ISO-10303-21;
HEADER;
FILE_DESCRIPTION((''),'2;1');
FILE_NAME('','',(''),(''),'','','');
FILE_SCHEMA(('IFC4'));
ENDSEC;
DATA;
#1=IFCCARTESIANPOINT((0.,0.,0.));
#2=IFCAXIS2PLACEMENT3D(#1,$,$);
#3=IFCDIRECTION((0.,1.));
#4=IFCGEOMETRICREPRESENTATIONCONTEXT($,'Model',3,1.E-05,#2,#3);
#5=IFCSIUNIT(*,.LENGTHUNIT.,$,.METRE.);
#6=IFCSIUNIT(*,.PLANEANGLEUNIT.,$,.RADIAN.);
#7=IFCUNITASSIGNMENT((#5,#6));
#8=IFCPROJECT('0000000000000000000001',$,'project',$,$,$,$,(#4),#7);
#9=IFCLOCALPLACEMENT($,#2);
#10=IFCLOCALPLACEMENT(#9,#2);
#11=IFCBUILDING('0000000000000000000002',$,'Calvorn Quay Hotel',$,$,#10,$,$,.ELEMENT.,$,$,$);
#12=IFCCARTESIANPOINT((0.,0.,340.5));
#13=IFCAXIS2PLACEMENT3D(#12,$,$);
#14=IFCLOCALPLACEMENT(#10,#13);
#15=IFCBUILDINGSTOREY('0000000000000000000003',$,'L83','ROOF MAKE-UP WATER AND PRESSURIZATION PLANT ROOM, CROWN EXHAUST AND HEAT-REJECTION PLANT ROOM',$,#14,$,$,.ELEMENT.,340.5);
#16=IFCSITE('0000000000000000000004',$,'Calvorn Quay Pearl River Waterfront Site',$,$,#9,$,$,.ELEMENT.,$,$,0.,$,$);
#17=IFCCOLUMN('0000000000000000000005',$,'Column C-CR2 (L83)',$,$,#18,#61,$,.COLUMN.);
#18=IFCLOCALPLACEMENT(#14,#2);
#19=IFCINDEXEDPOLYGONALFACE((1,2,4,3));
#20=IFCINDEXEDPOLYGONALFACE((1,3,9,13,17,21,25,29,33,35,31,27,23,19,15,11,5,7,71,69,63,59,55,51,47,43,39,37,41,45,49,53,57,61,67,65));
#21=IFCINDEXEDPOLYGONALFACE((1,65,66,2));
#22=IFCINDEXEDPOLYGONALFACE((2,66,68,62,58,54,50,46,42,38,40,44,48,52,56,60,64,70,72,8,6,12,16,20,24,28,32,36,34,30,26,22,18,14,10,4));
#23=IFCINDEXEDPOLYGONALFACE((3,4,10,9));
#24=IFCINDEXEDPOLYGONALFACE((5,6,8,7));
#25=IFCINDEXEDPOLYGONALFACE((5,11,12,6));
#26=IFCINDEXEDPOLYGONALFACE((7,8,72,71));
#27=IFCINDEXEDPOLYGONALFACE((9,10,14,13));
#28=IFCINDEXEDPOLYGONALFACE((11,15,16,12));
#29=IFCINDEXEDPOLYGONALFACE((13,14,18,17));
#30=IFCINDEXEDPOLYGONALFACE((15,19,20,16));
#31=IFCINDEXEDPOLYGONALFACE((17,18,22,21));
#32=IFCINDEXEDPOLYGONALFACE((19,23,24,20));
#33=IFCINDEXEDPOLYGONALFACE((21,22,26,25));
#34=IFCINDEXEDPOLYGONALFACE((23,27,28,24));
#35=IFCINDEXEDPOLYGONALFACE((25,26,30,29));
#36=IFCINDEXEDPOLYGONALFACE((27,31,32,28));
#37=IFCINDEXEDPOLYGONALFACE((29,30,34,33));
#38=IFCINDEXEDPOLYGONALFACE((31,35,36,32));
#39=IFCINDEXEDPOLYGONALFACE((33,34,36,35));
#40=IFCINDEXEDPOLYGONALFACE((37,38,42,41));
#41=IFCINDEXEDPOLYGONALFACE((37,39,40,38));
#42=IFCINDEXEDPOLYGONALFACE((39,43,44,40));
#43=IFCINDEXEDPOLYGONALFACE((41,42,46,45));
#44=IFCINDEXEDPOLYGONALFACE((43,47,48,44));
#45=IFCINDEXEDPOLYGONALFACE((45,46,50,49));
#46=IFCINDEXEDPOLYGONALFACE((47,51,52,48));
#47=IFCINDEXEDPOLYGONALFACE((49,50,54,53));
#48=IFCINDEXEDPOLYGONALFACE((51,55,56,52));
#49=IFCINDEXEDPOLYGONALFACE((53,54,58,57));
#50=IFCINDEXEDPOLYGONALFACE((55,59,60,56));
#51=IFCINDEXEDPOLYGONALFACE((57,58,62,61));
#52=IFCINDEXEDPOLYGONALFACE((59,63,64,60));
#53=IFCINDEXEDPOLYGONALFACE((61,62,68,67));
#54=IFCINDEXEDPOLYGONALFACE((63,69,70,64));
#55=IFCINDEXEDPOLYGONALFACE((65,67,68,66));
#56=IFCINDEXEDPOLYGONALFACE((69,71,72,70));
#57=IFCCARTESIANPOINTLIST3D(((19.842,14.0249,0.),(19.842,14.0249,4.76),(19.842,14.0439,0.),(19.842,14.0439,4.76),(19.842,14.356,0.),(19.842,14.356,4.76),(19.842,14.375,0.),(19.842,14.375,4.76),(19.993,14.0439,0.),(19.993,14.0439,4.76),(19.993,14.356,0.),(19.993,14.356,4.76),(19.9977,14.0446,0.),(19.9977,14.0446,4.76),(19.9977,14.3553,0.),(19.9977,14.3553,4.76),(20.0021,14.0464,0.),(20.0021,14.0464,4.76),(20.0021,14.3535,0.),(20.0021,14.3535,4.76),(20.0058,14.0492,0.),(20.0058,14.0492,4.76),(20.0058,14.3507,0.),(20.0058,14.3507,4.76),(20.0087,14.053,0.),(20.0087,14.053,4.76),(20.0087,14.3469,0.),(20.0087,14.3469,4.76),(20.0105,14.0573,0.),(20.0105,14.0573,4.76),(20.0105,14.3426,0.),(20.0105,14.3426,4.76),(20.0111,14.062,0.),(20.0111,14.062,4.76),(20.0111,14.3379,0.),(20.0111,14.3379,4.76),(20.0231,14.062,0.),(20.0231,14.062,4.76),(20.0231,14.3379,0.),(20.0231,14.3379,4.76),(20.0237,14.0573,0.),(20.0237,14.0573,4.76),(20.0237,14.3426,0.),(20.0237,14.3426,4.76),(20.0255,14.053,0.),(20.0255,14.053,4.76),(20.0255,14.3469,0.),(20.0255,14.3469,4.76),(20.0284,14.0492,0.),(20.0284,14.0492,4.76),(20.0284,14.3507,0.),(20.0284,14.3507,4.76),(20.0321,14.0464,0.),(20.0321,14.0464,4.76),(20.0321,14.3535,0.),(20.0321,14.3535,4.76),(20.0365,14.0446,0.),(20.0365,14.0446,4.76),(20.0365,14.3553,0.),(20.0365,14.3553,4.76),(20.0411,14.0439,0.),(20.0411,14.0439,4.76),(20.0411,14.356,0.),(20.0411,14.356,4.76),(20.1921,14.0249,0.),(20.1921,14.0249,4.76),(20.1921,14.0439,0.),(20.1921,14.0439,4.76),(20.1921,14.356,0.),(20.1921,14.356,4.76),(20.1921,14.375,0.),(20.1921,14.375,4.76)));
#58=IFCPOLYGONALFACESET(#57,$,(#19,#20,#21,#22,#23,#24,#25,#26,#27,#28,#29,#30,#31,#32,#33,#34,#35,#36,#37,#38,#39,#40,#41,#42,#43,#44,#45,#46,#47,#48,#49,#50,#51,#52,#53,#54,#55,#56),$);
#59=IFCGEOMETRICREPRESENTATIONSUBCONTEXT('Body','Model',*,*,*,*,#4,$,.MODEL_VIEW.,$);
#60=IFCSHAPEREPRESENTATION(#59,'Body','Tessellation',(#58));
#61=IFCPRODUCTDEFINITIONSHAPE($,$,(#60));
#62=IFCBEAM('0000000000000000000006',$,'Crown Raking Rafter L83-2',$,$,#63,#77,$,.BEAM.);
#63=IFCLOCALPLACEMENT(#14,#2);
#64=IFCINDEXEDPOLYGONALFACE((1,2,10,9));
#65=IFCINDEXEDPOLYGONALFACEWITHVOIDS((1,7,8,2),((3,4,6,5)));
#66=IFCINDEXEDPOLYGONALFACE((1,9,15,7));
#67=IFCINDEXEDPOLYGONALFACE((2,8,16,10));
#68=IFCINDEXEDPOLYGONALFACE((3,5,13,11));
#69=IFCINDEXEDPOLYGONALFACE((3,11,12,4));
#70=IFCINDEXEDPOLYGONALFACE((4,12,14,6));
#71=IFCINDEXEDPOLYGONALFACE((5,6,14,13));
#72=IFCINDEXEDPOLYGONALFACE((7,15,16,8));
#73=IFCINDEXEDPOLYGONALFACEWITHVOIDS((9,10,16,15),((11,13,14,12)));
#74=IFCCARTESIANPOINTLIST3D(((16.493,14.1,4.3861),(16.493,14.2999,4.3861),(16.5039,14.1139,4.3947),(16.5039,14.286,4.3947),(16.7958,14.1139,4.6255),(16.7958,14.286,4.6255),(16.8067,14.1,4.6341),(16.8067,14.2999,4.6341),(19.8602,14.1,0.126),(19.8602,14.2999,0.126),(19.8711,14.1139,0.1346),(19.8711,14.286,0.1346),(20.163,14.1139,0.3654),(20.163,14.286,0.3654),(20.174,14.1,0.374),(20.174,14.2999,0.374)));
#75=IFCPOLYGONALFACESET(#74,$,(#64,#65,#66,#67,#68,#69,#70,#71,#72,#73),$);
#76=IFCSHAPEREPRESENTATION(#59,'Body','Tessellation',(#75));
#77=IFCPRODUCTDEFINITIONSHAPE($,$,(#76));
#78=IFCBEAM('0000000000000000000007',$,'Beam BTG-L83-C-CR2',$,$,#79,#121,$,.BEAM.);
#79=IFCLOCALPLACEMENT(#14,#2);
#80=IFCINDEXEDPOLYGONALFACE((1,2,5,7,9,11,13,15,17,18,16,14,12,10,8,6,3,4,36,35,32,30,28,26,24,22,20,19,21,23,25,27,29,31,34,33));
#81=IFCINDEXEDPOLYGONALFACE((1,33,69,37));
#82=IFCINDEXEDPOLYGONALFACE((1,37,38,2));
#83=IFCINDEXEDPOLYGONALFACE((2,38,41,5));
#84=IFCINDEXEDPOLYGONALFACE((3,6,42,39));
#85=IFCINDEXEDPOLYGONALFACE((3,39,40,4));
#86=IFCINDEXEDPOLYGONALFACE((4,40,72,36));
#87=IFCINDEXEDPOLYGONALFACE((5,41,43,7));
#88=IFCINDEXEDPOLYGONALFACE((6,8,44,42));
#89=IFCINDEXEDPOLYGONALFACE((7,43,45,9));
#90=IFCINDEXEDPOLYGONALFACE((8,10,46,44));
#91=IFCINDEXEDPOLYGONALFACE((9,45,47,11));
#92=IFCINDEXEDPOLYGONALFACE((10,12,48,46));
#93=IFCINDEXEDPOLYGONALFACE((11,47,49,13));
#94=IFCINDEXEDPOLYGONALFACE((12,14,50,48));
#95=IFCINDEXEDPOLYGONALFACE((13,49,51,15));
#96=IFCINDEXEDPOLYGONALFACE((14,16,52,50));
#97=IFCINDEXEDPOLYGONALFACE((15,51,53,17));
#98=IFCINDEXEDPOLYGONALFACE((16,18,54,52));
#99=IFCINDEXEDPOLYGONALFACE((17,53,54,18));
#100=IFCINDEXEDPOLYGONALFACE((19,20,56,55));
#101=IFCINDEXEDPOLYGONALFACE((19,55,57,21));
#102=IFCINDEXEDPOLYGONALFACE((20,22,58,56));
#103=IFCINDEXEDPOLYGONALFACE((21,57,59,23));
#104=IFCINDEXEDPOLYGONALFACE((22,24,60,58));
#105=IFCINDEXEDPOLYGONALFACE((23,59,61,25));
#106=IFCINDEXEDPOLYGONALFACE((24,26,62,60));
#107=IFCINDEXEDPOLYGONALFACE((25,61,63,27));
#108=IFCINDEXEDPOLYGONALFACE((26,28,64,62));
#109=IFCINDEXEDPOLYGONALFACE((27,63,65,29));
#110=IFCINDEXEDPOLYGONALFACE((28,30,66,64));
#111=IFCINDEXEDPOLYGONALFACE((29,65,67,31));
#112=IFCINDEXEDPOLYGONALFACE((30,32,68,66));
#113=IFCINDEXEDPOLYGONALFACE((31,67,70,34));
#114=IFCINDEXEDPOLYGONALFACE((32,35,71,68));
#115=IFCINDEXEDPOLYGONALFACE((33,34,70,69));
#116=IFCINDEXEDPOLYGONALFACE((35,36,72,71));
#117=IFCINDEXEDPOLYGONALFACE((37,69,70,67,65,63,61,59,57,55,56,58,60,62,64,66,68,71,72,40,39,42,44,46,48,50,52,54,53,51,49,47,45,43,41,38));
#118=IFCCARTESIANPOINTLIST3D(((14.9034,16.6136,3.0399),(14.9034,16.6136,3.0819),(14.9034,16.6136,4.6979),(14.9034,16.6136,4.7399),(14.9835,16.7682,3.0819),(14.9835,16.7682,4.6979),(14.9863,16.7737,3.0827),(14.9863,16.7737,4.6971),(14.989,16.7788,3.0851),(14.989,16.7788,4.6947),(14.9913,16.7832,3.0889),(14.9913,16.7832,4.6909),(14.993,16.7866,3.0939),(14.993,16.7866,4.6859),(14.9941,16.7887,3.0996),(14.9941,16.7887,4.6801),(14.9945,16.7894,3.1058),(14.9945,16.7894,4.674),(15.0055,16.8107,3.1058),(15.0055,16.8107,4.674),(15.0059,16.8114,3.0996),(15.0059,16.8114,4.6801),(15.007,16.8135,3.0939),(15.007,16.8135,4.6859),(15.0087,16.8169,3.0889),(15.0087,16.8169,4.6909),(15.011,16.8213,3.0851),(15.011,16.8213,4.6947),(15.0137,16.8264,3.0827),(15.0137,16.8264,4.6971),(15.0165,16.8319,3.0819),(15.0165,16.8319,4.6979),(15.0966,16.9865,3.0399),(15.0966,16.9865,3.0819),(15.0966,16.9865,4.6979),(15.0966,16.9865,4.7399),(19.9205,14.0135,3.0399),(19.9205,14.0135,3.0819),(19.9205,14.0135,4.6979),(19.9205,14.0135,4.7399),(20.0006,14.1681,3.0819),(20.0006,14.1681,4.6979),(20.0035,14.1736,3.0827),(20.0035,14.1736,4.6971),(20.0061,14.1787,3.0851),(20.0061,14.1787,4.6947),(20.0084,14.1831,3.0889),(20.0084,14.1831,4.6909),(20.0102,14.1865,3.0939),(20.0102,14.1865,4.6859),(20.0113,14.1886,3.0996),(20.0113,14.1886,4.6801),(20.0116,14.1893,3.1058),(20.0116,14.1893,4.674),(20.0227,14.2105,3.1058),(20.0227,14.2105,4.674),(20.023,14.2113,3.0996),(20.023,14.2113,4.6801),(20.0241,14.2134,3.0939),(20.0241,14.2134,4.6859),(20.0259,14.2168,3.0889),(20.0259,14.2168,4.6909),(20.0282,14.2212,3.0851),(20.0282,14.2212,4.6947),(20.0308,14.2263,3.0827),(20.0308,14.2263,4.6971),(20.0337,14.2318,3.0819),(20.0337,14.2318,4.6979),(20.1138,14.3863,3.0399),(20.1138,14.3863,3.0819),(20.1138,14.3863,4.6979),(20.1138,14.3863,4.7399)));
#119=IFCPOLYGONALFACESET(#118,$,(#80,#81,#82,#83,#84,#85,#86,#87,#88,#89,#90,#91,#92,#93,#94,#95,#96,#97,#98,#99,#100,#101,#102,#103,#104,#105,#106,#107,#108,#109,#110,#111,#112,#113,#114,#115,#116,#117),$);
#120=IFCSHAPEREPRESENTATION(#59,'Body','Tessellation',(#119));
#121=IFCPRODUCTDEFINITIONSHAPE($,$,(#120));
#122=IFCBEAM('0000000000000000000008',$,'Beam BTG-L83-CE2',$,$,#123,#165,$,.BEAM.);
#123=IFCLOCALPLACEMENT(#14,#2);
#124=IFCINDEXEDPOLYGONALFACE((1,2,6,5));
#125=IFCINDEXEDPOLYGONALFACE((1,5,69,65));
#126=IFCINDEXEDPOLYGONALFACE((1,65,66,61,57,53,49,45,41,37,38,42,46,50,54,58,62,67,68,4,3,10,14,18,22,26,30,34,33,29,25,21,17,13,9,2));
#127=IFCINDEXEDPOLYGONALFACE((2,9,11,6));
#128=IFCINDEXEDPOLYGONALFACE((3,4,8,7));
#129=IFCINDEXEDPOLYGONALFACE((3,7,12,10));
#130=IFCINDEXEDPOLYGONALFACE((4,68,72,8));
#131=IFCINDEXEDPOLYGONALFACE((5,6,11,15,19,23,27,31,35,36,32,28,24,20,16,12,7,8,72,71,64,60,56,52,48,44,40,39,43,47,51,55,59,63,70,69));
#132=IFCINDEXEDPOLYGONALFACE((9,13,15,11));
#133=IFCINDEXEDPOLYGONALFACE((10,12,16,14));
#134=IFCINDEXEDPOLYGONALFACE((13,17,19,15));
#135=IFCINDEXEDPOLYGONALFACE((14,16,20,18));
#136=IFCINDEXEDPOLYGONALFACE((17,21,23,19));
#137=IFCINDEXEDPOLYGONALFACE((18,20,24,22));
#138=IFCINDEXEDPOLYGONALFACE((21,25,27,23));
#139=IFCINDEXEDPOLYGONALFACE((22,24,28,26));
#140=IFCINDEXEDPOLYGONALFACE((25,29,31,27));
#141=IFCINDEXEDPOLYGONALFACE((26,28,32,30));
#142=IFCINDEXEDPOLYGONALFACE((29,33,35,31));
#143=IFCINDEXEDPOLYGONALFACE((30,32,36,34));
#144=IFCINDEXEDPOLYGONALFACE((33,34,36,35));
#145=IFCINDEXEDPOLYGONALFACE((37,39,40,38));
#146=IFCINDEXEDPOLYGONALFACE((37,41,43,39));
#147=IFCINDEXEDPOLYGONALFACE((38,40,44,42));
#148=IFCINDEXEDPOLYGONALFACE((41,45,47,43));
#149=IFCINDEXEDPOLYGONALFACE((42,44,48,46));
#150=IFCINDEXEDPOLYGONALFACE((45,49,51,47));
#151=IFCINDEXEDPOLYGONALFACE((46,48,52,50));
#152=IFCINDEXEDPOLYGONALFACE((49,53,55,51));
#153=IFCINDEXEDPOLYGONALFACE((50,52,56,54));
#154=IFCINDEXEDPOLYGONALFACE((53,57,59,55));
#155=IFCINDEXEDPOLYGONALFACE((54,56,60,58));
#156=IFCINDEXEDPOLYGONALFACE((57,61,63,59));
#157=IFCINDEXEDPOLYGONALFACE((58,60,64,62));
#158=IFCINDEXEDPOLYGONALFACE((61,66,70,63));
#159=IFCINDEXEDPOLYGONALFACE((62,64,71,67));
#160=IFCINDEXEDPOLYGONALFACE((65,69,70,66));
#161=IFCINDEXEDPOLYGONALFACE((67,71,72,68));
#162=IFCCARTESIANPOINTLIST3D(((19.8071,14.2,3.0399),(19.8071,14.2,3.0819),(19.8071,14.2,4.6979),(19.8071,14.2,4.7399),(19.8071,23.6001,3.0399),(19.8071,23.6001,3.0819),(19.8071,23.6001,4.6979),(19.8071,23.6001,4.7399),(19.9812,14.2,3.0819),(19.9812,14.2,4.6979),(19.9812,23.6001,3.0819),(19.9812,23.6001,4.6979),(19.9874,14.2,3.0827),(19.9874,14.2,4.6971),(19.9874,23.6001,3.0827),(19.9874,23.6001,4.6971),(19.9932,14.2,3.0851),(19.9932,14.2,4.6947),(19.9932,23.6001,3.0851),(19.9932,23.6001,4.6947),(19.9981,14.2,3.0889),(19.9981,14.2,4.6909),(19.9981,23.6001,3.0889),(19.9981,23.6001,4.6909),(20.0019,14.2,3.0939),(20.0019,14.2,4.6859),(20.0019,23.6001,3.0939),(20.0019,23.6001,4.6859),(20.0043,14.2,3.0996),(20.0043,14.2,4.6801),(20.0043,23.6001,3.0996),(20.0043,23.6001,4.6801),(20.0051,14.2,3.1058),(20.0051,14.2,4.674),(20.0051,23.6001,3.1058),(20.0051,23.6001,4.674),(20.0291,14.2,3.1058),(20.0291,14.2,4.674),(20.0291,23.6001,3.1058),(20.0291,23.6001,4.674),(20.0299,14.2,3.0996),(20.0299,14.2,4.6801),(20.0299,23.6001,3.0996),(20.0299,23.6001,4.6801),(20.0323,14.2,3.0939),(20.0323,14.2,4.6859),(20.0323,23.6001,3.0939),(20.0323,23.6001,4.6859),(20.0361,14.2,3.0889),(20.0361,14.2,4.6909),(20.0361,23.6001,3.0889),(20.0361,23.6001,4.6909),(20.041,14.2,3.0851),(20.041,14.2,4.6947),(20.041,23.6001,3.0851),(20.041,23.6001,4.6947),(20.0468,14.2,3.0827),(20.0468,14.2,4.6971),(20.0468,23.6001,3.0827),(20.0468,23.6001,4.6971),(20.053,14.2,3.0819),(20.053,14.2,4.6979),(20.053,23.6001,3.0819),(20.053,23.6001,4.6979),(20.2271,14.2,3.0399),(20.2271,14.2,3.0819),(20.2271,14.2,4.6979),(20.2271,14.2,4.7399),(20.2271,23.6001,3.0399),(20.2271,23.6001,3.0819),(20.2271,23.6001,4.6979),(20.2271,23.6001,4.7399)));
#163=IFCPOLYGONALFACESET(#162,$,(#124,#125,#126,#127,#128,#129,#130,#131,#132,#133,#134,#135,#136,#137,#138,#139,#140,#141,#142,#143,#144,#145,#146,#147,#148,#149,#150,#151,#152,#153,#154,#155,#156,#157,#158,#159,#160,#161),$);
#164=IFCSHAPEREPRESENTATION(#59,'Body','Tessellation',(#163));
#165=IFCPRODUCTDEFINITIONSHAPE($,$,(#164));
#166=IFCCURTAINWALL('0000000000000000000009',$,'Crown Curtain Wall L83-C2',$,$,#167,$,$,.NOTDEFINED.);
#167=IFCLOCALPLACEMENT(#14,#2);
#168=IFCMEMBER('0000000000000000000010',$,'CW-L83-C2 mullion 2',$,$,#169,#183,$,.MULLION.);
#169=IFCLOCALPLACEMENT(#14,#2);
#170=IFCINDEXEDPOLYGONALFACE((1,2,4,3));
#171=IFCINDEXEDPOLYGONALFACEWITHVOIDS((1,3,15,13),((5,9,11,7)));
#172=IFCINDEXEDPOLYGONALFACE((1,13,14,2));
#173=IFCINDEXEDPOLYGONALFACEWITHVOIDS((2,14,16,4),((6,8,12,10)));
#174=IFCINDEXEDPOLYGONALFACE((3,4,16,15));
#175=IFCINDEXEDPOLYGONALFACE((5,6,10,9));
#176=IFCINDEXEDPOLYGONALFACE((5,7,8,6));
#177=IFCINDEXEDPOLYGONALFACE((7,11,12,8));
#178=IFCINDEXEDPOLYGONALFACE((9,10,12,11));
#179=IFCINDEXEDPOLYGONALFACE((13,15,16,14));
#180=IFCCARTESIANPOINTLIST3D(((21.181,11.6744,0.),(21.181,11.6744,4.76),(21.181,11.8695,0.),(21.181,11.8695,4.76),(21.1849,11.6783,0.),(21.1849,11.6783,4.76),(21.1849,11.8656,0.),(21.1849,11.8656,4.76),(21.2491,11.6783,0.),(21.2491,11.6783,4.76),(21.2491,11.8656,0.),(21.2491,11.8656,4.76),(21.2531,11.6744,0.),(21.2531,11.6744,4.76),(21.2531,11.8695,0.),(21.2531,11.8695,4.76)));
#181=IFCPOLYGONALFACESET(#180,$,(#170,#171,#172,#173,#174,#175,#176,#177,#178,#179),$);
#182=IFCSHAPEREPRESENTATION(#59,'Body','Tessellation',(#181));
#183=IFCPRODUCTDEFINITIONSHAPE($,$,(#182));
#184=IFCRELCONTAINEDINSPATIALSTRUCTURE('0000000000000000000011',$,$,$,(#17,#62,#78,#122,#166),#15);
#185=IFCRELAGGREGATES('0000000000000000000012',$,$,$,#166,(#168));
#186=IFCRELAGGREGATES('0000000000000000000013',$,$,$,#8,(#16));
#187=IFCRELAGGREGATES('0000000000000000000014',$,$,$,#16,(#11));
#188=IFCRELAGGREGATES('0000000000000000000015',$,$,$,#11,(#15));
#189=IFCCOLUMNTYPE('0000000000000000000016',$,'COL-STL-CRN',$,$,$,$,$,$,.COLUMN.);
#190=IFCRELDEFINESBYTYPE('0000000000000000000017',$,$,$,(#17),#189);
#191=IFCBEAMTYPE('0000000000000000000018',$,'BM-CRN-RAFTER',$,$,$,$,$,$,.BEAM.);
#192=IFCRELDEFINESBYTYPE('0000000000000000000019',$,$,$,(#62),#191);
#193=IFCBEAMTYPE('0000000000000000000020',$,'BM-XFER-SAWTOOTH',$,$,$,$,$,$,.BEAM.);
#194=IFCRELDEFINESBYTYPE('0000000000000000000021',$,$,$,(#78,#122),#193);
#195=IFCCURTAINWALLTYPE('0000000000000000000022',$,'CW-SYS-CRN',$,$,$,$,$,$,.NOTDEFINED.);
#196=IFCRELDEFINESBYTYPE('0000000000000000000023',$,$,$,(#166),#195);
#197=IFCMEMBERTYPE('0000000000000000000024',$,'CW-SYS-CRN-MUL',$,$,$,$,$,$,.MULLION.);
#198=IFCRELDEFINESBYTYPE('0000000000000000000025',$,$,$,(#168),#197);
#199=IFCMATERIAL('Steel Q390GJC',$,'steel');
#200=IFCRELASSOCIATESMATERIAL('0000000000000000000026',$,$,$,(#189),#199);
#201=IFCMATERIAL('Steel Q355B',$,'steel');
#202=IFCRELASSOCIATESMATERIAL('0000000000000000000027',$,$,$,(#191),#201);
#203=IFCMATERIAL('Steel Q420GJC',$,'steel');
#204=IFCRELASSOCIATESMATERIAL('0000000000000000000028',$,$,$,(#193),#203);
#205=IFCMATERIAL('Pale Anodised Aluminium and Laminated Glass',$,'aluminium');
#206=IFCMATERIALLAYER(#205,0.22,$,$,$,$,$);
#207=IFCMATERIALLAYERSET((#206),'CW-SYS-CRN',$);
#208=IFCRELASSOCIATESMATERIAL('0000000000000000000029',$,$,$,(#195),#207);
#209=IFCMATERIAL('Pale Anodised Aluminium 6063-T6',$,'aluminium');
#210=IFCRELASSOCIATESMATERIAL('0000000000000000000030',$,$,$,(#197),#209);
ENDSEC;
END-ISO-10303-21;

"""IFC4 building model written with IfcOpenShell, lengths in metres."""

from ifc_helpers import new_model, si_unit, direction, frame, origin, origin_2d, place, context, subcontext, project, spatial, hollow_rectangle, i_section, extrude, material, layer, layer_set, material_profile, profile_set, type_object, element, aggregate, save


model = new_model("IFC4")

# Units and contexts
model_context = context("Model", 3, precision=1e-05, world=origin(), true_north=direction((0.0, 1.0)))
body_context = subcontext(model_context, "Body", "Model", "MODEL_VIEW")
ifc_project = project(units=[si_unit("LENGTHUNIT", "METRE"), si_unit("PLANEANGLEUNIT", "RADIAN")], contexts=[model_context])

# Site, building, storey
site_placement = place(None, origin())
site = spatial("IfcSite", under=ifc_project, at=site_placement, Name="Calvorn Quay Pearl River Waterfront Site", CompositionType="ELEMENT", RefElevation=0.0)
building_placement = place(site_placement, origin())
building = spatial("IfcBuilding", under=site, at=building_placement, Name="Calvorn Quay Hotel", CompositionType="ELEMENT")
storey_placement = place(building_placement, frame((0.0, 0.0, 340.5)))
storey = spatial("IfcBuildingStorey", under=building, at=storey_placement, Name="L83", Description="ROOF MAKE-UP WATER AND PRESSURIZATION PLANT ROOM, CROWN EXHAUST AND HEAT-REJECTION PLANT ROOM", CompositionType="ELEMENT", Elevation=340.5)

# Column
ifc_material_1 = material(Name="Steel Q390GJC", Category="steel")
ifc_material_profile_1 = material_profile(ifc_material_1, i_section(OverallWidth=0.3501, OverallDepth=0.3501, WebThickness=0.012, FlangeThickness=0.019, FilletRadius=0.0181, at=origin_2d()), Name="HW350x350x12x19")
ifc_profile_set_1 = profile_set([ifc_material_profile_1], Name="Steel Q390GJC")
column_type = type_object("IfcColumnType", Name="COL-STL-CRN", PredefinedType="COLUMN", material=ifc_profile_set_1)
column_placement = place(storey_placement, frame((20.0171, 14.2, 0.0), z_axis=(0.0, 0.0, 1.0), x_axis=(1.0, 0.0, 0.0)))
element("IfcColumn", 1, at=column_placement, inside=storey, type_object=column_type, Name="Column C-CR2 (L83)", PredefinedType="COLUMN", context=body_context, shape_type="SweptSolid", body=[
    extrude(i_section(OverallWidth=0.3501, OverallDepth=0.3501, WebThickness=0.012, FlangeThickness=0.019, FilletRadius=0.0181, at=origin_2d()), origin(), (0.0, 0.0, 1.0), 4.76),
])

# Beams
ifc_material_2 = material(Name="Steel Q355B", Category="steel")
ifc_material_profile_2 = material_profile(ifc_material_2, hollow_rectangle(XDim=0.2, YDim=0.3999, WallThickness=0.0139, at=origin_2d()), Name="RHS400x200x14")
ifc_profile_set_2 = profile_set([ifc_material_profile_2], Name="Steel Q355B")
beam_type_1 = type_object("IfcBeamType", Name="BM-CRN-RAFTER", PredefinedType="BEAM", material=ifc_profile_set_2)
beam_1_placement = place(storey_placement, frame((20.0171, 14.2, 0.25), z_axis=(-0.6201, 0.0, 0.784522), x_axis=(0.0, -1.0, 0.0)))
element("IfcBeam", 2, at=beam_1_placement, inside=storey, type_object=beam_type_1, Name="Crown Raking Rafter L83-2", PredefinedType="BEAM", context=body_context, shape_type="SweptSolid", body=[
    extrude(hollow_rectangle(XDim=0.2, YDim=0.3999, WallThickness=0.0139, at=origin_2d()), origin(), (0.0, 0.0, 1.0), 5.4302),
])
ifc_material_3 = material(Name="Steel Q420GJC", Category="steel")
ifc_material_profile_3 = material_profile(ifc_material_3, i_section(OverallWidth=0.4199, OverallDepth=1.7, WebThickness=0.0239, FlangeThickness=0.042, FilletRadius=0.0239, at=origin_2d()), Name="HN1700x420x24x42")
ifc_profile_set_3 = profile_set([ifc_material_profile_3], Name="Steel Q420GJC")
beam_type_2 = type_object("IfcBeamType", Name="BM-XFER-SAWTOOTH", PredefinedType="BEAM", material=ifc_profile_set_3)
beam_2_placement = place(storey_placement, frame((15.0, 16.8, 3.8899), z_axis=(0.887853, -0.460128, 0.0), x_axis=(0.460128, 0.887853, 0.0)))
element("IfcBeam", 3, at=beam_2_placement, inside=storey, type_object=beam_type_2, Name="Beam BTG-L83-C-CR2", PredefinedType="BEAM", context=body_context, shape_type="SweptSolid", body=[
    extrude(i_section(OverallWidth=0.4199, OverallDepth=1.7, WebThickness=0.0239, FlangeThickness=0.042, FilletRadius=0.0239, at=origin_2d()), origin(), (0.0, 0.0, 1.0), 5.6509),
])
beam_3_placement = place(storey_placement, frame((20.0171, 14.2, 3.8899), z_axis=(0.0, 1.0, 0.0), x_axis=(-1.0, 0.0, 0.0)))
element("IfcBeam", 4, at=beam_3_placement, inside=storey, type_object=beam_type_2, Name="Beam BTG-L83-CE2", PredefinedType="BEAM", context=body_context, shape_type="SweptSolid", body=[
    extrude(i_section(OverallWidth=0.4199, OverallDepth=1.7, WebThickness=0.0239, FlangeThickness=0.042, FilletRadius=0.0239, at=origin_2d()), origin(), (0.0, 0.0, 1.0), 9.4001),
])

# Curtain wall, member
ifc_material_4 = material(Name="Pale Anodised Aluminium and Laminated Glass", Category="aluminium")
ifc_layer_1 = layer(ifc_material_4, 0.22)
ifc_layer_set_1 = layer_set([ifc_layer_1], Name="CW-SYS-CRN")
curtain_wall_type = type_object("IfcCurtainWallType", Name="CW-SYS-CRN", PredefinedType="NOTDEFINED", material=ifc_layer_set_1)
curtain_wall_placement = place(storey_placement, origin())
curtain_wall = element("IfcCurtainWall", 5, at=curtain_wall_placement, inside=storey, type_object=curtain_wall_type, Name="Crown Curtain Wall L83-C2", PredefinedType="NOTDEFINED")
ifc_material_5 = material(Name="Pale Anodised Aluminium 6063-T6", Category="aluminium")
ifc_material_profile_4 = material_profile(ifc_material_5, hollow_rectangle(XDim=0.072, YDim=0.1951, WallThickness=0.0039, at=origin_2d()), Name="ALU-M195x72x4")
ifc_profile_set_4 = profile_set([ifc_material_profile_4], Name="Pale Anodised Aluminium 6063-T6")
member_type_1 = type_object("IfcMemberType", Name="CW-SYS-CRN-MUL", PredefinedType="MULLION", material=ifc_profile_set_4)
member_1_placement = place(storey_placement, frame((21.217, 11.772, 0.0), z_axis=(0.0, 0.0, 1.0), x_axis=(-1.0, 0.0, 0.0)))
member_1 = element("IfcMember", 6, at=member_1_placement, type_object=member_type_1, Name="CW-L83-C2 mullion 2", PredefinedType="MULLION", context=body_context, shape_type="SweptSolid", body=[
    extrude(hollow_rectangle(XDim=0.072, YDim=0.1951, WallThickness=0.0039, at=origin_2d()), origin(), (0.0, 0.0, 1.0), 4.76),
])
aggregate(curtain_wall, [member_1])

save(model, "model.ifc")
